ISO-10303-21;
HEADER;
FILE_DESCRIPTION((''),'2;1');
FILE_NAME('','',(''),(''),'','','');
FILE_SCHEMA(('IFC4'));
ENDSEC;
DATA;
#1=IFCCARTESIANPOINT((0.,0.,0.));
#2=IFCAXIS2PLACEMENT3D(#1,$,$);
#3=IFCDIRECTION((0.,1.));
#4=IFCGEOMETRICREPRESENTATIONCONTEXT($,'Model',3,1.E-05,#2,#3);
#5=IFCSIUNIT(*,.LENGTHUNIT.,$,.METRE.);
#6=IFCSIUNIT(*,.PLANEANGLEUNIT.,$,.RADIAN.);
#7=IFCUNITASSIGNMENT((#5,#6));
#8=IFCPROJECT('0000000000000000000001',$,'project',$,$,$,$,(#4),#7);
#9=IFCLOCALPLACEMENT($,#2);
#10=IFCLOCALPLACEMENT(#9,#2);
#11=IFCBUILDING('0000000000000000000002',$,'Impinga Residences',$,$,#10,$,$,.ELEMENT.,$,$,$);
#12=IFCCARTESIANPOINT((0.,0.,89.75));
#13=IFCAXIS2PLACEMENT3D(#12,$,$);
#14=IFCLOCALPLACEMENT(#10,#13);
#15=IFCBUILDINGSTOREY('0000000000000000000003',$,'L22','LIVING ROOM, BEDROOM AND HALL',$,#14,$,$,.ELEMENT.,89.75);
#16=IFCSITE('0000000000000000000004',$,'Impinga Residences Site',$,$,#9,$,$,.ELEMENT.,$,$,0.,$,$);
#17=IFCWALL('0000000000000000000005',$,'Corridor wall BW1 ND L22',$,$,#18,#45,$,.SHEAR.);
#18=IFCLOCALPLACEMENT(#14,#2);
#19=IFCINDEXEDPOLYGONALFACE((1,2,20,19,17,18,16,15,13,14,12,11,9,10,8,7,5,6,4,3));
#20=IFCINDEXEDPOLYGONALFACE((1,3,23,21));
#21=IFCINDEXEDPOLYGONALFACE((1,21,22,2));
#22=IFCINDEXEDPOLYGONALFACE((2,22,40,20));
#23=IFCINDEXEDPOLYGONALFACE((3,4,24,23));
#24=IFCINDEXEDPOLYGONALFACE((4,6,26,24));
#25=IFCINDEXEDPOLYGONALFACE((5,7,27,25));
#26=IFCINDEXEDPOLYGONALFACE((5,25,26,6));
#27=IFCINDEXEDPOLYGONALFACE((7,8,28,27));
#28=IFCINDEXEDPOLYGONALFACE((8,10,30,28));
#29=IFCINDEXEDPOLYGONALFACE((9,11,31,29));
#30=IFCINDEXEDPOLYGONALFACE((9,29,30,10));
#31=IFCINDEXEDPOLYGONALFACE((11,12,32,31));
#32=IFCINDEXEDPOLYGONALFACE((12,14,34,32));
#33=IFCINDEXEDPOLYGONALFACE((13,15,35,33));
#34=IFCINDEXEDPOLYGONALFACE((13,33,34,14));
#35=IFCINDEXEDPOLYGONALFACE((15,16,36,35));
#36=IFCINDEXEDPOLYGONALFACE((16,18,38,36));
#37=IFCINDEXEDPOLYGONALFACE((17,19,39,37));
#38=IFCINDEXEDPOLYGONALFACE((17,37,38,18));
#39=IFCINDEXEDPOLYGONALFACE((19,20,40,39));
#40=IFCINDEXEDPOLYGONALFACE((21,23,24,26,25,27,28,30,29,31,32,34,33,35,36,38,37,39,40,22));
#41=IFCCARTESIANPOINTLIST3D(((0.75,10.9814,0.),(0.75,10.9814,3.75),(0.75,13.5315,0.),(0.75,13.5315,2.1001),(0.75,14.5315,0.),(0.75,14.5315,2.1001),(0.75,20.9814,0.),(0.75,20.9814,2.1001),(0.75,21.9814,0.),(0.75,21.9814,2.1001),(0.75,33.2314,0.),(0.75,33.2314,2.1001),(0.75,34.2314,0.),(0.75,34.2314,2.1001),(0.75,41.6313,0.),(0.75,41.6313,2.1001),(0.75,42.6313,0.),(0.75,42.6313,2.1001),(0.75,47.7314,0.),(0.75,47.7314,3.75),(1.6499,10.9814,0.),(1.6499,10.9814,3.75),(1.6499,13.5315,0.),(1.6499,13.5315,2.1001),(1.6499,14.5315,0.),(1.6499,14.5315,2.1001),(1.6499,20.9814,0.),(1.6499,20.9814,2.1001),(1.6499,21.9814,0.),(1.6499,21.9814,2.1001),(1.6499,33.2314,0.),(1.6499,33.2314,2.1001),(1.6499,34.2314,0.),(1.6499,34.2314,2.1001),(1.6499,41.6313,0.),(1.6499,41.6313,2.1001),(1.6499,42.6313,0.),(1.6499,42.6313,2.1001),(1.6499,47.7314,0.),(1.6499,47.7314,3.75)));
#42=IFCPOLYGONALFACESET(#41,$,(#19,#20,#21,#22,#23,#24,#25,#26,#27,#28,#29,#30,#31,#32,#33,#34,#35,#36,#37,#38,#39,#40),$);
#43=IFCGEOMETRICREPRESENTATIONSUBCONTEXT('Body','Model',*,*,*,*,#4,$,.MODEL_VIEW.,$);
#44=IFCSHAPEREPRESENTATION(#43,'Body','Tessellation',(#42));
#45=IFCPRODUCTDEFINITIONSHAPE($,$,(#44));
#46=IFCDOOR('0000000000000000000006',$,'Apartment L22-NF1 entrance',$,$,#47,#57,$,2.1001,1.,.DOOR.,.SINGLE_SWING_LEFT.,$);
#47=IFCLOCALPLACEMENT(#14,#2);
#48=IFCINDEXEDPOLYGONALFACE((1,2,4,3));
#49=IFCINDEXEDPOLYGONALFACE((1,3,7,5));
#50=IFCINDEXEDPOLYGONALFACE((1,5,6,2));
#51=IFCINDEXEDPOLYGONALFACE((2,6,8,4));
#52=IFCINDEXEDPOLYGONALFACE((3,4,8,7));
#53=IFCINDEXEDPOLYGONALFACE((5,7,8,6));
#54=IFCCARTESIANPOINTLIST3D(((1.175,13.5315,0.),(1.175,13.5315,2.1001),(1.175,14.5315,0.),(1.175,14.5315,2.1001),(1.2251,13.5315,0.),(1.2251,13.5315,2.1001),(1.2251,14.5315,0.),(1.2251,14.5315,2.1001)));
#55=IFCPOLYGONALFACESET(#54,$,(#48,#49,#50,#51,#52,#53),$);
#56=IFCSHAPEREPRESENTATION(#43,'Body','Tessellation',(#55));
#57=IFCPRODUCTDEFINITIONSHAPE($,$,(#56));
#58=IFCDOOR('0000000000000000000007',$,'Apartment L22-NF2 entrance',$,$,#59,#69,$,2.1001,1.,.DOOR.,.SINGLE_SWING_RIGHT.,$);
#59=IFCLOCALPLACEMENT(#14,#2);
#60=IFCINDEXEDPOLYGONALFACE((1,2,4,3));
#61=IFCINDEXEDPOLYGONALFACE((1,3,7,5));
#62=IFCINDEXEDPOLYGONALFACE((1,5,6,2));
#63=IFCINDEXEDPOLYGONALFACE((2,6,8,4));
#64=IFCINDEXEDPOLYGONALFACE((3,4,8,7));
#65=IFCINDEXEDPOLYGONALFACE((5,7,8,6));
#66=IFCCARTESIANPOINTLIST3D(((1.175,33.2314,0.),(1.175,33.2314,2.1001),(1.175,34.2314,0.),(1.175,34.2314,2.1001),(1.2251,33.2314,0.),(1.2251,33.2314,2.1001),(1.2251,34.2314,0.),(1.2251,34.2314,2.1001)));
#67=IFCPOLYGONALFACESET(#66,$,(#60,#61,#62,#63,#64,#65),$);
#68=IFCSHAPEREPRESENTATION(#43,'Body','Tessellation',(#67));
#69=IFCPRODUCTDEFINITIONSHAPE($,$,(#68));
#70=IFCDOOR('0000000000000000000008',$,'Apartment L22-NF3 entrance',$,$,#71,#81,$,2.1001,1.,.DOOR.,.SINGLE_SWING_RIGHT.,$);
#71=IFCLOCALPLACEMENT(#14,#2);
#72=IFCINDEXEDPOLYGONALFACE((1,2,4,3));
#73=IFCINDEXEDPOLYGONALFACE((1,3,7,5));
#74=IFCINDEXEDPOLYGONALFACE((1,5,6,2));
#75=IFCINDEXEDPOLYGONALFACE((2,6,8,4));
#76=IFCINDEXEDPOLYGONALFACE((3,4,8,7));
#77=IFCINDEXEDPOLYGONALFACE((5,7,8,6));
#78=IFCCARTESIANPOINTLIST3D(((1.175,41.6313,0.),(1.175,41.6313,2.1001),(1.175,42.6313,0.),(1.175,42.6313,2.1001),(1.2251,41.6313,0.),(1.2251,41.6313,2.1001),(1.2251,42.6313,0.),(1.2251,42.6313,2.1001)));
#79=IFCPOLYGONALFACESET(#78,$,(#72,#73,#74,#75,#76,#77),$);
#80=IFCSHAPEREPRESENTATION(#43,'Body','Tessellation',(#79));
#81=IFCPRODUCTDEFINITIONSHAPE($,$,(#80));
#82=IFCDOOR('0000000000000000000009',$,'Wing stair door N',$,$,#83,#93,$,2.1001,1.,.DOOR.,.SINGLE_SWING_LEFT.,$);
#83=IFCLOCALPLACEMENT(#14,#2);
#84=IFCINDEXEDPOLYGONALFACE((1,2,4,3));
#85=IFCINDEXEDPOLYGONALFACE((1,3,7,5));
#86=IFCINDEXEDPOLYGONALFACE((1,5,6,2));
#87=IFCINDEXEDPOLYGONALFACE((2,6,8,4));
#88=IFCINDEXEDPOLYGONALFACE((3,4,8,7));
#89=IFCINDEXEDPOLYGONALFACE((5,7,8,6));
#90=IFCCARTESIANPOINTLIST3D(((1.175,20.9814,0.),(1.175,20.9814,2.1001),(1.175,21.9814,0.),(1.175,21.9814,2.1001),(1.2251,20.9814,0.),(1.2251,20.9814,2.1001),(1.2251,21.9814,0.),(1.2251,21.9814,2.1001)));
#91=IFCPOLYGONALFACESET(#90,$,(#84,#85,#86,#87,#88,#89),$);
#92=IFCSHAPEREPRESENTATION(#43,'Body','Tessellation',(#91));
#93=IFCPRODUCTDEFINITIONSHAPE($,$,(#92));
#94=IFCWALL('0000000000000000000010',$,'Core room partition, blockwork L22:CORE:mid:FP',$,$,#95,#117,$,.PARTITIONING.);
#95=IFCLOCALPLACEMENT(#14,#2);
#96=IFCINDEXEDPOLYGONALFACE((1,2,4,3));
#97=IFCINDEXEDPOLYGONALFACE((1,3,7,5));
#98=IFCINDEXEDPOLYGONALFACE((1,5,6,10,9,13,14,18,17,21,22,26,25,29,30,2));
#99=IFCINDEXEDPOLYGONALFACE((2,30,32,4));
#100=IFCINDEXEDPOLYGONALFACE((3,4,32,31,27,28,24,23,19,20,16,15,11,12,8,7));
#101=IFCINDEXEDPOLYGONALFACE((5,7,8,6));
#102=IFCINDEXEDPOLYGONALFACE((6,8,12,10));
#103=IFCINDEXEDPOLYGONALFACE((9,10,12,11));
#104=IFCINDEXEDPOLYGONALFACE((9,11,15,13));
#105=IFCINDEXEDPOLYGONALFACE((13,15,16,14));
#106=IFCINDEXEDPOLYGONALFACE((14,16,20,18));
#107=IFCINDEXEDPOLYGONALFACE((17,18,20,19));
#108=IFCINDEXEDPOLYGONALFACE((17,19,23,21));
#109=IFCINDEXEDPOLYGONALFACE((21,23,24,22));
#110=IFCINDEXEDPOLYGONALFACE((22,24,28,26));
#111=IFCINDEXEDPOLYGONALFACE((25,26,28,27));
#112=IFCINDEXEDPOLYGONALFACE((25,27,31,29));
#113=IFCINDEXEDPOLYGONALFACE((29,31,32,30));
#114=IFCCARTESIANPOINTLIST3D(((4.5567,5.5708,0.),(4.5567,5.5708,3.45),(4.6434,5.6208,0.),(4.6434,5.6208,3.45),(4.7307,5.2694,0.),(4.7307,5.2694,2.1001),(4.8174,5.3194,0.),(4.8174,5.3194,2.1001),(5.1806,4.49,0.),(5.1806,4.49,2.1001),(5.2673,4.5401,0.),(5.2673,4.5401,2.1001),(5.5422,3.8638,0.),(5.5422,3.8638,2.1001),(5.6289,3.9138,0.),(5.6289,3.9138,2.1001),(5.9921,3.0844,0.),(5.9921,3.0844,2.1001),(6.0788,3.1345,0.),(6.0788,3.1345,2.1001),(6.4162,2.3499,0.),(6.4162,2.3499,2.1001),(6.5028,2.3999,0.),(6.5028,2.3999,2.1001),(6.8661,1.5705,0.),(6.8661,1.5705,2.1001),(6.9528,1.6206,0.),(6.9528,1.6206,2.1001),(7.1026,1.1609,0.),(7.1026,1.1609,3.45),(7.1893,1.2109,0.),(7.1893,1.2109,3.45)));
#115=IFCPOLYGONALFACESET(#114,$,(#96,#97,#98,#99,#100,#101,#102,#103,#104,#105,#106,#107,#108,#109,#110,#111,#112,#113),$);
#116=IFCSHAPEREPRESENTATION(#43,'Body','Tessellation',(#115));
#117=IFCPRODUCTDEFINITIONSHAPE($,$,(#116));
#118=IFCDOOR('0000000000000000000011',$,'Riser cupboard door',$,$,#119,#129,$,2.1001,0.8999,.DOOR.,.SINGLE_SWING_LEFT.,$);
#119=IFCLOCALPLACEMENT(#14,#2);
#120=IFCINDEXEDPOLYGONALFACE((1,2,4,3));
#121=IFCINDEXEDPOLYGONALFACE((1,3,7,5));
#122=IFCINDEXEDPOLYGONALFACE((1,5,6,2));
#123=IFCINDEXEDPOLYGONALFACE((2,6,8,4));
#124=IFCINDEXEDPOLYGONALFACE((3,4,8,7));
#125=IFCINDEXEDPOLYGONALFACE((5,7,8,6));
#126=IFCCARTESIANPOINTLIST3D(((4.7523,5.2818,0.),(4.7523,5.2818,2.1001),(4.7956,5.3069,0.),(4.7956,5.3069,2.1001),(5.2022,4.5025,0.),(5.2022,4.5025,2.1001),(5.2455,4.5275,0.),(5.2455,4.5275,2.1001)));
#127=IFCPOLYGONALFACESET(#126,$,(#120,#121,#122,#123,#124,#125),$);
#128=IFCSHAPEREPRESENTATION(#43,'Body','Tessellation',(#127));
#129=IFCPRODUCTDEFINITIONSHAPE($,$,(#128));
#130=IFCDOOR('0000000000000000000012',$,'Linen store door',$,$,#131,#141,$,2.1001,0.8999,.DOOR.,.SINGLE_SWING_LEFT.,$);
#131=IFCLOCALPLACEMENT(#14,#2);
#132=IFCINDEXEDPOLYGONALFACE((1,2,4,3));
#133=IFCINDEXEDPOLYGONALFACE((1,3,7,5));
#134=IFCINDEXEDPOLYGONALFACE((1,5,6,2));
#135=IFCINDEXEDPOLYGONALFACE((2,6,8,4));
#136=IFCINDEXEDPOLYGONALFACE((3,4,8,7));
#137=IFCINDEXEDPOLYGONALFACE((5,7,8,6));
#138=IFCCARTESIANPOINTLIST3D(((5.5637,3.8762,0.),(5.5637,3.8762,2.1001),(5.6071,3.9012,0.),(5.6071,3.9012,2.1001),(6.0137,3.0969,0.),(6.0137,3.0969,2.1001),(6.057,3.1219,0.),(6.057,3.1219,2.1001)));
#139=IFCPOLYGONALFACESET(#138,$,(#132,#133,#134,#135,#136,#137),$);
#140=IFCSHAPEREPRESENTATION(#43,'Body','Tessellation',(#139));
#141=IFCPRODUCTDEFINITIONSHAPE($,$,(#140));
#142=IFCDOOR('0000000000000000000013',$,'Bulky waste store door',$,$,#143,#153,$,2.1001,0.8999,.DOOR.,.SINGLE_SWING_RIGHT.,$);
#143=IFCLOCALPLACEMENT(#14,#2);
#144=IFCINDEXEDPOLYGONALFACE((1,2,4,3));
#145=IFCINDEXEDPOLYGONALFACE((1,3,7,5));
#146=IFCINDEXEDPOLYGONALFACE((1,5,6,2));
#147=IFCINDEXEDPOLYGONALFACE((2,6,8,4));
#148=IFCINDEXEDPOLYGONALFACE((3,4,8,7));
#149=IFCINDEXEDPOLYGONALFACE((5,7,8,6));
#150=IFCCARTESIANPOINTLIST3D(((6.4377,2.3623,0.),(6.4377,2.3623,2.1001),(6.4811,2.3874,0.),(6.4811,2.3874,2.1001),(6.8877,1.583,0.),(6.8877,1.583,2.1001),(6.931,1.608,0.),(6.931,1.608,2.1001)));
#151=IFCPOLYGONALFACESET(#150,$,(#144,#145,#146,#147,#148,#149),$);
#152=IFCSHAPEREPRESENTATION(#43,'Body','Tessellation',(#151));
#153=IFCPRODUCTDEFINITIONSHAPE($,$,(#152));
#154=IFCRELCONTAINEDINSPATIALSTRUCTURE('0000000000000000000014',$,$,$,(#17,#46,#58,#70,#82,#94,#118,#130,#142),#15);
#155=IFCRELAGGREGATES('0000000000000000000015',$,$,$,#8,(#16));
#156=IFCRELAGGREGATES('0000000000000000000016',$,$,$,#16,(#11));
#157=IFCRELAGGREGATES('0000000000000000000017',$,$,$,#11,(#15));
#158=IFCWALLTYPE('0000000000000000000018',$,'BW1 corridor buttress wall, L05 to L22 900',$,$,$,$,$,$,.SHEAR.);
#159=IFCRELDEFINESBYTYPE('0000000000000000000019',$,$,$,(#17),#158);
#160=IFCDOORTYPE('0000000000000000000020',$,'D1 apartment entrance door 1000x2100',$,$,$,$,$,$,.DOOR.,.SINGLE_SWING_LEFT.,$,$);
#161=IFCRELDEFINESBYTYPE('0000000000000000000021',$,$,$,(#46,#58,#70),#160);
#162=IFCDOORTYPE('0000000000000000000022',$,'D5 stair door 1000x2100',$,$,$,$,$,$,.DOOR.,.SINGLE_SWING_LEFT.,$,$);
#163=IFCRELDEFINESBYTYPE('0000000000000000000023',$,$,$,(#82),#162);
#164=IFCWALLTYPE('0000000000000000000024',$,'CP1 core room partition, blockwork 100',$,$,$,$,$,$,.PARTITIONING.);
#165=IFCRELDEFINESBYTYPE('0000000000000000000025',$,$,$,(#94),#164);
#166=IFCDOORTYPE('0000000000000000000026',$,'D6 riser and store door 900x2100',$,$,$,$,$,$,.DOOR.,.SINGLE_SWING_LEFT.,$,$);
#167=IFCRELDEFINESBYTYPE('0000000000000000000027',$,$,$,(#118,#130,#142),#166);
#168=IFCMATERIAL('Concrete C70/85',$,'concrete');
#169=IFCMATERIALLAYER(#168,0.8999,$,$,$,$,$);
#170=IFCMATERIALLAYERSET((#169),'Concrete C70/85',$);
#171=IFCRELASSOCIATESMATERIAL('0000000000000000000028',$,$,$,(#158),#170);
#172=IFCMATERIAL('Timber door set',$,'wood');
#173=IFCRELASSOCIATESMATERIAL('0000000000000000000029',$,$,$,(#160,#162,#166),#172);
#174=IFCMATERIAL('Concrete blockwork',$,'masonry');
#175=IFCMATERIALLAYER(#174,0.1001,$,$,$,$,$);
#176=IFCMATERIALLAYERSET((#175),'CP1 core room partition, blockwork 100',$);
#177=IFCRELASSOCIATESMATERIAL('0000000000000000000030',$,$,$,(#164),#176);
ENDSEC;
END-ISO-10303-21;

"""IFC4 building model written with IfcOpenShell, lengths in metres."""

from ifc_helpers import new_model, si_unit, direction, frame, frame_2d, origin, place, context, subcontext, project, spatial, rectangle, extrude, material, layer, layer_set, type_object, element, fill, save


model = new_model("IFC4")

# Units and contexts
model_context = context("Model", 3, precision=1e-05, world=origin(), true_north=direction((0.0, 1.0)))
body_context = subcontext(model_context, "Body", "Model", "MODEL_VIEW")
ifc_project = project(units=[si_unit("LENGTHUNIT", "METRE"), si_unit("PLANEANGLEUNIT", "RADIAN")], contexts=[model_context])

# Site, building, storey
site_placement = place(None, origin())
site = spatial("IfcSite", under=ifc_project, at=site_placement, Name="Impinga Residences Site", CompositionType="ELEMENT", RefElevation=0.0)
building_placement = place(site_placement, origin())
building = spatial("IfcBuilding", under=site, at=building_placement, Name="Impinga Residences", CompositionType="ELEMENT")
storey_placement = place(building_placement, frame((0.0, 0.0, 89.75)))
storey = spatial("IfcBuildingStorey", under=building, at=storey_placement, Name="L22", Description="LIVING ROOM, BEDROOM AND HALL", CompositionType="ELEMENT", Elevation=89.75)

# Walls, openings, doors
ifc_material_1 = material(Name="Concrete C70/85", Category="concrete")
ifc_layer_1 = layer(ifc_material_1, 0.8999)
ifc_layer_set_1 = layer_set([ifc_layer_1], Name="Concrete C70/85")
wall_type_1 = type_object("IfcWallType", Name="BW1 corridor buttress wall, L05 to L22 900", PredefinedType="SHEAR", material=ifc_layer_set_1)
wall_1_placement = place(storey_placement, frame((1.2, 10.9814, 0.0), z_axis=(0.0, 0.0, 1.0), x_axis=(0.0, 1.0, 0.0)))
wall_1 = element("IfcWall", 1, at=wall_1_placement, inside=storey, type_object=wall_type_1, Name="Corridor wall BW1 ND L22", PredefinedType="SHEAR", context=body_context, shape_type="SweptSolid", body=[
    extrude(rectangle(XDim=36.75, YDim=0.8999, at=frame_2d((18.375, 0.0))), origin(), (0.0, 0.0, 1.0), 3.75),
])
opening_1_placement = place(wall_1_placement, frame((10.0, 0.0, 0.0)))
opening_1 = element("IfcOpeningElement", 2, at=opening_1_placement, cuts=wall_1, PredefinedType="OPENING", context=body_context, shape_type="SweptSolid", body=[
    extrude(rectangle(XDim=1.0, YDim=2.1001, at=frame_2d((0.5, 1.05))), frame((0.0, 0.46, 0.0), z_axis=(0.0, -1.0, 0.0), x_axis=(1.0, 0.0, 0.0)), (0.0, 0.0, 1.0), 0.9199),
])
opening_2_placement = place(wall_1_placement, frame((2.55, 0.0, 0.0)))
opening_2 = element("IfcOpeningElement", 3, at=opening_2_placement, cuts=wall_1, PredefinedType="OPENING", context=body_context, shape_type="SweptSolid", body=[
    extrude(rectangle(XDim=1.0, YDim=2.1001, at=frame_2d((0.5, 1.05))), frame((0.0, 0.46, 0.0), z_axis=(0.0, -1.0, 0.0), x_axis=(1.0, 0.0, 0.0)), (0.0, 0.0, 1.0), 0.9199),
])
opening_3_placement = place(wall_1_placement, frame((22.25, 0.0, 0.0)))
opening_3 = element("IfcOpeningElement", 4, at=opening_3_placement, cuts=wall_1, PredefinedType="OPENING", context=body_context, shape_type="SweptSolid", body=[
    extrude(rectangle(XDim=1.0, YDim=2.1001, at=frame_2d((0.5, 1.05))), frame((0.0, 0.46, 0.0), z_axis=(0.0, -1.0, 0.0), x_axis=(1.0, 0.0, 0.0)), (0.0, 0.0, 1.0), 0.9199),
])
opening_4_placement = place(wall_1_placement, frame((30.6499, 0.0, 0.0)))
opening_4 = element("IfcOpeningElement", 5, at=opening_4_placement, cuts=wall_1, PredefinedType="OPENING", context=body_context, shape_type="SweptSolid", body=[
    extrude(rectangle(XDim=1.0, YDim=2.1001, at=frame_2d((0.5, 1.05))), frame((0.0, 0.46, 0.0), z_axis=(0.0, -1.0, 0.0), x_axis=(1.0, 0.0, 0.0)), (0.0, 0.0, 1.0), 0.9199),
])
ifc_material_2 = material(Name="Timber door set", Category="wood")
door_type_1 = type_object("IfcDoorType", Name="D1 apartment entrance door 1000x2100", OperationType="SINGLE_SWING_LEFT", PredefinedType="DOOR", material=ifc_material_2)
door_1_placement = place(opening_2_placement, origin())
door_1 = element("IfcDoor", 6, at=door_1_placement, inside=storey, type_object=door_type_1, Name="Apartment L22-NF1 entrance", OperationType="SINGLE_SWING_LEFT", OverallHeight=2.1001, OverallWidth=1.0, PredefinedType="DOOR", context=body_context, shape_type="SweptSolid", body=[
    extrude(rectangle(XDim=1.0, YDim=2.1001, at=frame_2d((0.5, 1.05))), frame((0.0, 0.0249, 0.0), z_axis=(0.0, -1.0, 0.0), x_axis=(1.0, 0.0, 0.0)), (0.0, 0.0, 1.0), 0.05),
])
fill(opening_2, door_1)
door_2_placement = place(opening_3_placement, origin())
door_2 = element("IfcDoor", 7, at=door_2_placement, inside=storey, type_object=door_type_1, Name="Apartment L22-NF2 entrance", OperationType="SINGLE_SWING_RIGHT", OverallHeight=2.1001, OverallWidth=1.0, PredefinedType="DOOR", context=body_context, shape_type="SweptSolid", body=[
    extrude(rectangle(XDim=1.0, YDim=2.1001, at=frame_2d((0.5, 1.05))), frame((0.0, 0.0249, 0.0), z_axis=(0.0, -1.0, 0.0), x_axis=(1.0, 0.0, 0.0)), (0.0, 0.0, 1.0), 0.05),
])
fill(opening_3, door_2)
door_3_placement = place(opening_4_placement, origin())
door_3 = element("IfcDoor", 8, at=door_3_placement, inside=storey, type_object=door_type_1, Name="Apartment L22-NF3 entrance", OperationType="SINGLE_SWING_RIGHT", OverallHeight=2.1001, OverallWidth=1.0, PredefinedType="DOOR", context=body_context, shape_type="SweptSolid", body=[
    extrude(rectangle(XDim=1.0, YDim=2.1001, at=frame_2d((0.5, 1.05))), frame((0.0, 0.0249, 0.0), z_axis=(0.0, -1.0, 0.0), x_axis=(1.0, 0.0, 0.0)), (0.0, 0.0, 1.0), 0.05),
])
fill(opening_4, door_3)
door_type_2 = type_object("IfcDoorType", Name="D5 stair door 1000x2100", OperationType="SINGLE_SWING_LEFT", PredefinedType="DOOR", material=ifc_material_2)
door_4_placement = place(opening_1_placement, origin())
door_4 = element("IfcDoor", 9, at=door_4_placement, inside=storey, type_object=door_type_2, Name="Wing stair door N", OperationType="SINGLE_SWING_LEFT", OverallHeight=2.1001, OverallWidth=1.0, PredefinedType="DOOR", context=body_context, shape_type="SweptSolid", body=[
    extrude(rectangle(XDim=1.0, YDim=2.1001, at=frame_2d((0.5, 1.05))), frame((0.0, 0.0249, 0.0), z_axis=(0.0, -1.0, 0.0), x_axis=(1.0, 0.0, 0.0)), (0.0, 0.0, 1.0), 0.05),
])
fill(opening_1, door_4)
ifc_material_3 = material(Name="Concrete blockwork", Category="masonry")
ifc_layer_2 = layer(ifc_material_3, 0.1001)
ifc_layer_set_2 = layer_set([ifc_layer_2], Name="CP1 core room partition, blockwork 100")
wall_type_2 = type_object("IfcWallType", Name="CP1 core room partition, blockwork 100", PredefinedType="PARTITIONING", material=ifc_layer_set_2)
wall_2_placement = place(storey_placement, frame((4.6001, 5.5957, 0.0), z_axis=(0.0, 0.0, 1.0), x_axis=(0.499976, -0.866039, 0.0)))
wall_2 = element("IfcWall", 10, at=wall_2_placement, inside=storey, type_object=wall_type_2, Name="Core room partition, blockwork L22:CORE:mid:FP", PredefinedType="PARTITIONING", context=body_context, shape_type="SweptSolid", body=[
    extrude(rectangle(XDim=5.092, YDim=0.1001, at=frame_2d((2.5459, 0.0))), origin(), (0.0, 0.0, 1.0), 3.45),
])
opening_5_placement = place(wall_2_placement, frame((0.3479, 0.0, 0.0)))
opening_5 = element("IfcOpeningElement", 11, at=opening_5_placement, cuts=wall_2, PredefinedType="OPENING", context=body_context, shape_type="SweptSolid", body=[
    extrude(rectangle(XDim=0.8999, YDim=2.1001, at=frame_2d((0.45, 1.05))), frame((0.0, 0.0601, 0.0), z_axis=(0.0, -1.0, 0.0), x_axis=(1.0, 0.0, 0.0)), (0.0, 0.0, 1.0), 0.1201),
])
opening_6_placement = place(wall_2_placement, frame((1.9709, 0.0, 0.0)))
opening_6 = element("IfcOpeningElement", 12, at=opening_6_placement, cuts=wall_2, PredefinedType="OPENING", context=body_context, shape_type="SweptSolid", body=[
    extrude(rectangle(XDim=0.8999, YDim=2.1001, at=frame_2d((0.45, 1.05))), frame((0.0, 0.0601, 0.0), z_axis=(0.0, -1.0, 0.0), x_axis=(1.0, 0.0, 0.0)), (0.0, 0.0, 1.0), 0.1201),
])
opening_7_placement = place(wall_2_placement, frame((3.719, 0.0, 0.0)))
opening_7 = element("IfcOpeningElement", 13, at=opening_7_placement, cuts=wall_2, PredefinedType="OPENING", context=body_context, shape_type="SweptSolid", body=[
    extrude(rectangle(XDim=0.8999, YDim=2.1001, at=frame_2d((0.45, 1.05))), frame((0.0, 0.0601, 0.0), z_axis=(0.0, -1.0, 0.0), x_axis=(1.0, 0.0, 0.0)), (0.0, 0.0, 1.0), 0.1201),
])
door_type_3 = type_object("IfcDoorType", Name="D6 riser and store door 900x2100", OperationType="SINGLE_SWING_LEFT", PredefinedType="DOOR", material=ifc_material_2)
door_5_placement = place(opening_5_placement, origin())
door_5 = element("IfcDoor", 14, at=door_5_placement, inside=storey, type_object=door_type_3, Name="Riser cupboard door", OperationType="SINGLE_SWING_LEFT", OverallHeight=2.1001, OverallWidth=0.8999, PredefinedType="DOOR", context=body_context, shape_type="SweptSolid", body=[
    extrude(rectangle(XDim=0.8999, YDim=2.1001, at=frame_2d((0.45, 1.05))), frame((0.0, 0.0249, 0.0), z_axis=(0.0, -1.0, 0.0), x_axis=(1.0, 0.0, 0.0)), (0.0, 0.0, 1.0), 0.05),
])
fill(opening_5, door_5)
door_6_placement = place(opening_6_placement, origin())
door_6 = element("IfcDoor", 15, at=door_6_placement, inside=storey, type_object=door_type_3, Name="Linen store door", OperationType="SINGLE_SWING_LEFT", OverallHeight=2.1001, OverallWidth=0.8999, PredefinedType="DOOR", context=body_context, shape_type="SweptSolid", body=[
    extrude(rectangle(XDim=0.8999, YDim=2.1001, at=frame_2d((0.45, 1.05))), frame((0.0, 0.0249, 0.0), z_axis=(0.0, -1.0, 0.0), x_axis=(1.0, 0.0, 0.0)), (0.0, 0.0, 1.0), 0.05),
])
fill(opening_6, door_6)
door_7_placement = place(opening_7_placement, origin())
door_7 = element("IfcDoor", 16, at=door_7_placement, inside=storey, type_object=door_type_3, Name="Bulky waste store door", OperationType="SINGLE_SWING_RIGHT", OverallHeight=2.1001, OverallWidth=0.8999, PredefinedType="DOOR", context=body_context, shape_type="SweptSolid", body=[
    extrude(rectangle(XDim=0.8999, YDim=2.1001, at=frame_2d((0.45, 1.05))), frame((0.0, 0.0249, 0.0), z_axis=(0.0, -1.0, 0.0), x_axis=(1.0, 0.0, 0.0)), (0.0, 0.0, 1.0), 0.05),
])
fill(opening_7, door_7)

save(model, "model.ifc")
